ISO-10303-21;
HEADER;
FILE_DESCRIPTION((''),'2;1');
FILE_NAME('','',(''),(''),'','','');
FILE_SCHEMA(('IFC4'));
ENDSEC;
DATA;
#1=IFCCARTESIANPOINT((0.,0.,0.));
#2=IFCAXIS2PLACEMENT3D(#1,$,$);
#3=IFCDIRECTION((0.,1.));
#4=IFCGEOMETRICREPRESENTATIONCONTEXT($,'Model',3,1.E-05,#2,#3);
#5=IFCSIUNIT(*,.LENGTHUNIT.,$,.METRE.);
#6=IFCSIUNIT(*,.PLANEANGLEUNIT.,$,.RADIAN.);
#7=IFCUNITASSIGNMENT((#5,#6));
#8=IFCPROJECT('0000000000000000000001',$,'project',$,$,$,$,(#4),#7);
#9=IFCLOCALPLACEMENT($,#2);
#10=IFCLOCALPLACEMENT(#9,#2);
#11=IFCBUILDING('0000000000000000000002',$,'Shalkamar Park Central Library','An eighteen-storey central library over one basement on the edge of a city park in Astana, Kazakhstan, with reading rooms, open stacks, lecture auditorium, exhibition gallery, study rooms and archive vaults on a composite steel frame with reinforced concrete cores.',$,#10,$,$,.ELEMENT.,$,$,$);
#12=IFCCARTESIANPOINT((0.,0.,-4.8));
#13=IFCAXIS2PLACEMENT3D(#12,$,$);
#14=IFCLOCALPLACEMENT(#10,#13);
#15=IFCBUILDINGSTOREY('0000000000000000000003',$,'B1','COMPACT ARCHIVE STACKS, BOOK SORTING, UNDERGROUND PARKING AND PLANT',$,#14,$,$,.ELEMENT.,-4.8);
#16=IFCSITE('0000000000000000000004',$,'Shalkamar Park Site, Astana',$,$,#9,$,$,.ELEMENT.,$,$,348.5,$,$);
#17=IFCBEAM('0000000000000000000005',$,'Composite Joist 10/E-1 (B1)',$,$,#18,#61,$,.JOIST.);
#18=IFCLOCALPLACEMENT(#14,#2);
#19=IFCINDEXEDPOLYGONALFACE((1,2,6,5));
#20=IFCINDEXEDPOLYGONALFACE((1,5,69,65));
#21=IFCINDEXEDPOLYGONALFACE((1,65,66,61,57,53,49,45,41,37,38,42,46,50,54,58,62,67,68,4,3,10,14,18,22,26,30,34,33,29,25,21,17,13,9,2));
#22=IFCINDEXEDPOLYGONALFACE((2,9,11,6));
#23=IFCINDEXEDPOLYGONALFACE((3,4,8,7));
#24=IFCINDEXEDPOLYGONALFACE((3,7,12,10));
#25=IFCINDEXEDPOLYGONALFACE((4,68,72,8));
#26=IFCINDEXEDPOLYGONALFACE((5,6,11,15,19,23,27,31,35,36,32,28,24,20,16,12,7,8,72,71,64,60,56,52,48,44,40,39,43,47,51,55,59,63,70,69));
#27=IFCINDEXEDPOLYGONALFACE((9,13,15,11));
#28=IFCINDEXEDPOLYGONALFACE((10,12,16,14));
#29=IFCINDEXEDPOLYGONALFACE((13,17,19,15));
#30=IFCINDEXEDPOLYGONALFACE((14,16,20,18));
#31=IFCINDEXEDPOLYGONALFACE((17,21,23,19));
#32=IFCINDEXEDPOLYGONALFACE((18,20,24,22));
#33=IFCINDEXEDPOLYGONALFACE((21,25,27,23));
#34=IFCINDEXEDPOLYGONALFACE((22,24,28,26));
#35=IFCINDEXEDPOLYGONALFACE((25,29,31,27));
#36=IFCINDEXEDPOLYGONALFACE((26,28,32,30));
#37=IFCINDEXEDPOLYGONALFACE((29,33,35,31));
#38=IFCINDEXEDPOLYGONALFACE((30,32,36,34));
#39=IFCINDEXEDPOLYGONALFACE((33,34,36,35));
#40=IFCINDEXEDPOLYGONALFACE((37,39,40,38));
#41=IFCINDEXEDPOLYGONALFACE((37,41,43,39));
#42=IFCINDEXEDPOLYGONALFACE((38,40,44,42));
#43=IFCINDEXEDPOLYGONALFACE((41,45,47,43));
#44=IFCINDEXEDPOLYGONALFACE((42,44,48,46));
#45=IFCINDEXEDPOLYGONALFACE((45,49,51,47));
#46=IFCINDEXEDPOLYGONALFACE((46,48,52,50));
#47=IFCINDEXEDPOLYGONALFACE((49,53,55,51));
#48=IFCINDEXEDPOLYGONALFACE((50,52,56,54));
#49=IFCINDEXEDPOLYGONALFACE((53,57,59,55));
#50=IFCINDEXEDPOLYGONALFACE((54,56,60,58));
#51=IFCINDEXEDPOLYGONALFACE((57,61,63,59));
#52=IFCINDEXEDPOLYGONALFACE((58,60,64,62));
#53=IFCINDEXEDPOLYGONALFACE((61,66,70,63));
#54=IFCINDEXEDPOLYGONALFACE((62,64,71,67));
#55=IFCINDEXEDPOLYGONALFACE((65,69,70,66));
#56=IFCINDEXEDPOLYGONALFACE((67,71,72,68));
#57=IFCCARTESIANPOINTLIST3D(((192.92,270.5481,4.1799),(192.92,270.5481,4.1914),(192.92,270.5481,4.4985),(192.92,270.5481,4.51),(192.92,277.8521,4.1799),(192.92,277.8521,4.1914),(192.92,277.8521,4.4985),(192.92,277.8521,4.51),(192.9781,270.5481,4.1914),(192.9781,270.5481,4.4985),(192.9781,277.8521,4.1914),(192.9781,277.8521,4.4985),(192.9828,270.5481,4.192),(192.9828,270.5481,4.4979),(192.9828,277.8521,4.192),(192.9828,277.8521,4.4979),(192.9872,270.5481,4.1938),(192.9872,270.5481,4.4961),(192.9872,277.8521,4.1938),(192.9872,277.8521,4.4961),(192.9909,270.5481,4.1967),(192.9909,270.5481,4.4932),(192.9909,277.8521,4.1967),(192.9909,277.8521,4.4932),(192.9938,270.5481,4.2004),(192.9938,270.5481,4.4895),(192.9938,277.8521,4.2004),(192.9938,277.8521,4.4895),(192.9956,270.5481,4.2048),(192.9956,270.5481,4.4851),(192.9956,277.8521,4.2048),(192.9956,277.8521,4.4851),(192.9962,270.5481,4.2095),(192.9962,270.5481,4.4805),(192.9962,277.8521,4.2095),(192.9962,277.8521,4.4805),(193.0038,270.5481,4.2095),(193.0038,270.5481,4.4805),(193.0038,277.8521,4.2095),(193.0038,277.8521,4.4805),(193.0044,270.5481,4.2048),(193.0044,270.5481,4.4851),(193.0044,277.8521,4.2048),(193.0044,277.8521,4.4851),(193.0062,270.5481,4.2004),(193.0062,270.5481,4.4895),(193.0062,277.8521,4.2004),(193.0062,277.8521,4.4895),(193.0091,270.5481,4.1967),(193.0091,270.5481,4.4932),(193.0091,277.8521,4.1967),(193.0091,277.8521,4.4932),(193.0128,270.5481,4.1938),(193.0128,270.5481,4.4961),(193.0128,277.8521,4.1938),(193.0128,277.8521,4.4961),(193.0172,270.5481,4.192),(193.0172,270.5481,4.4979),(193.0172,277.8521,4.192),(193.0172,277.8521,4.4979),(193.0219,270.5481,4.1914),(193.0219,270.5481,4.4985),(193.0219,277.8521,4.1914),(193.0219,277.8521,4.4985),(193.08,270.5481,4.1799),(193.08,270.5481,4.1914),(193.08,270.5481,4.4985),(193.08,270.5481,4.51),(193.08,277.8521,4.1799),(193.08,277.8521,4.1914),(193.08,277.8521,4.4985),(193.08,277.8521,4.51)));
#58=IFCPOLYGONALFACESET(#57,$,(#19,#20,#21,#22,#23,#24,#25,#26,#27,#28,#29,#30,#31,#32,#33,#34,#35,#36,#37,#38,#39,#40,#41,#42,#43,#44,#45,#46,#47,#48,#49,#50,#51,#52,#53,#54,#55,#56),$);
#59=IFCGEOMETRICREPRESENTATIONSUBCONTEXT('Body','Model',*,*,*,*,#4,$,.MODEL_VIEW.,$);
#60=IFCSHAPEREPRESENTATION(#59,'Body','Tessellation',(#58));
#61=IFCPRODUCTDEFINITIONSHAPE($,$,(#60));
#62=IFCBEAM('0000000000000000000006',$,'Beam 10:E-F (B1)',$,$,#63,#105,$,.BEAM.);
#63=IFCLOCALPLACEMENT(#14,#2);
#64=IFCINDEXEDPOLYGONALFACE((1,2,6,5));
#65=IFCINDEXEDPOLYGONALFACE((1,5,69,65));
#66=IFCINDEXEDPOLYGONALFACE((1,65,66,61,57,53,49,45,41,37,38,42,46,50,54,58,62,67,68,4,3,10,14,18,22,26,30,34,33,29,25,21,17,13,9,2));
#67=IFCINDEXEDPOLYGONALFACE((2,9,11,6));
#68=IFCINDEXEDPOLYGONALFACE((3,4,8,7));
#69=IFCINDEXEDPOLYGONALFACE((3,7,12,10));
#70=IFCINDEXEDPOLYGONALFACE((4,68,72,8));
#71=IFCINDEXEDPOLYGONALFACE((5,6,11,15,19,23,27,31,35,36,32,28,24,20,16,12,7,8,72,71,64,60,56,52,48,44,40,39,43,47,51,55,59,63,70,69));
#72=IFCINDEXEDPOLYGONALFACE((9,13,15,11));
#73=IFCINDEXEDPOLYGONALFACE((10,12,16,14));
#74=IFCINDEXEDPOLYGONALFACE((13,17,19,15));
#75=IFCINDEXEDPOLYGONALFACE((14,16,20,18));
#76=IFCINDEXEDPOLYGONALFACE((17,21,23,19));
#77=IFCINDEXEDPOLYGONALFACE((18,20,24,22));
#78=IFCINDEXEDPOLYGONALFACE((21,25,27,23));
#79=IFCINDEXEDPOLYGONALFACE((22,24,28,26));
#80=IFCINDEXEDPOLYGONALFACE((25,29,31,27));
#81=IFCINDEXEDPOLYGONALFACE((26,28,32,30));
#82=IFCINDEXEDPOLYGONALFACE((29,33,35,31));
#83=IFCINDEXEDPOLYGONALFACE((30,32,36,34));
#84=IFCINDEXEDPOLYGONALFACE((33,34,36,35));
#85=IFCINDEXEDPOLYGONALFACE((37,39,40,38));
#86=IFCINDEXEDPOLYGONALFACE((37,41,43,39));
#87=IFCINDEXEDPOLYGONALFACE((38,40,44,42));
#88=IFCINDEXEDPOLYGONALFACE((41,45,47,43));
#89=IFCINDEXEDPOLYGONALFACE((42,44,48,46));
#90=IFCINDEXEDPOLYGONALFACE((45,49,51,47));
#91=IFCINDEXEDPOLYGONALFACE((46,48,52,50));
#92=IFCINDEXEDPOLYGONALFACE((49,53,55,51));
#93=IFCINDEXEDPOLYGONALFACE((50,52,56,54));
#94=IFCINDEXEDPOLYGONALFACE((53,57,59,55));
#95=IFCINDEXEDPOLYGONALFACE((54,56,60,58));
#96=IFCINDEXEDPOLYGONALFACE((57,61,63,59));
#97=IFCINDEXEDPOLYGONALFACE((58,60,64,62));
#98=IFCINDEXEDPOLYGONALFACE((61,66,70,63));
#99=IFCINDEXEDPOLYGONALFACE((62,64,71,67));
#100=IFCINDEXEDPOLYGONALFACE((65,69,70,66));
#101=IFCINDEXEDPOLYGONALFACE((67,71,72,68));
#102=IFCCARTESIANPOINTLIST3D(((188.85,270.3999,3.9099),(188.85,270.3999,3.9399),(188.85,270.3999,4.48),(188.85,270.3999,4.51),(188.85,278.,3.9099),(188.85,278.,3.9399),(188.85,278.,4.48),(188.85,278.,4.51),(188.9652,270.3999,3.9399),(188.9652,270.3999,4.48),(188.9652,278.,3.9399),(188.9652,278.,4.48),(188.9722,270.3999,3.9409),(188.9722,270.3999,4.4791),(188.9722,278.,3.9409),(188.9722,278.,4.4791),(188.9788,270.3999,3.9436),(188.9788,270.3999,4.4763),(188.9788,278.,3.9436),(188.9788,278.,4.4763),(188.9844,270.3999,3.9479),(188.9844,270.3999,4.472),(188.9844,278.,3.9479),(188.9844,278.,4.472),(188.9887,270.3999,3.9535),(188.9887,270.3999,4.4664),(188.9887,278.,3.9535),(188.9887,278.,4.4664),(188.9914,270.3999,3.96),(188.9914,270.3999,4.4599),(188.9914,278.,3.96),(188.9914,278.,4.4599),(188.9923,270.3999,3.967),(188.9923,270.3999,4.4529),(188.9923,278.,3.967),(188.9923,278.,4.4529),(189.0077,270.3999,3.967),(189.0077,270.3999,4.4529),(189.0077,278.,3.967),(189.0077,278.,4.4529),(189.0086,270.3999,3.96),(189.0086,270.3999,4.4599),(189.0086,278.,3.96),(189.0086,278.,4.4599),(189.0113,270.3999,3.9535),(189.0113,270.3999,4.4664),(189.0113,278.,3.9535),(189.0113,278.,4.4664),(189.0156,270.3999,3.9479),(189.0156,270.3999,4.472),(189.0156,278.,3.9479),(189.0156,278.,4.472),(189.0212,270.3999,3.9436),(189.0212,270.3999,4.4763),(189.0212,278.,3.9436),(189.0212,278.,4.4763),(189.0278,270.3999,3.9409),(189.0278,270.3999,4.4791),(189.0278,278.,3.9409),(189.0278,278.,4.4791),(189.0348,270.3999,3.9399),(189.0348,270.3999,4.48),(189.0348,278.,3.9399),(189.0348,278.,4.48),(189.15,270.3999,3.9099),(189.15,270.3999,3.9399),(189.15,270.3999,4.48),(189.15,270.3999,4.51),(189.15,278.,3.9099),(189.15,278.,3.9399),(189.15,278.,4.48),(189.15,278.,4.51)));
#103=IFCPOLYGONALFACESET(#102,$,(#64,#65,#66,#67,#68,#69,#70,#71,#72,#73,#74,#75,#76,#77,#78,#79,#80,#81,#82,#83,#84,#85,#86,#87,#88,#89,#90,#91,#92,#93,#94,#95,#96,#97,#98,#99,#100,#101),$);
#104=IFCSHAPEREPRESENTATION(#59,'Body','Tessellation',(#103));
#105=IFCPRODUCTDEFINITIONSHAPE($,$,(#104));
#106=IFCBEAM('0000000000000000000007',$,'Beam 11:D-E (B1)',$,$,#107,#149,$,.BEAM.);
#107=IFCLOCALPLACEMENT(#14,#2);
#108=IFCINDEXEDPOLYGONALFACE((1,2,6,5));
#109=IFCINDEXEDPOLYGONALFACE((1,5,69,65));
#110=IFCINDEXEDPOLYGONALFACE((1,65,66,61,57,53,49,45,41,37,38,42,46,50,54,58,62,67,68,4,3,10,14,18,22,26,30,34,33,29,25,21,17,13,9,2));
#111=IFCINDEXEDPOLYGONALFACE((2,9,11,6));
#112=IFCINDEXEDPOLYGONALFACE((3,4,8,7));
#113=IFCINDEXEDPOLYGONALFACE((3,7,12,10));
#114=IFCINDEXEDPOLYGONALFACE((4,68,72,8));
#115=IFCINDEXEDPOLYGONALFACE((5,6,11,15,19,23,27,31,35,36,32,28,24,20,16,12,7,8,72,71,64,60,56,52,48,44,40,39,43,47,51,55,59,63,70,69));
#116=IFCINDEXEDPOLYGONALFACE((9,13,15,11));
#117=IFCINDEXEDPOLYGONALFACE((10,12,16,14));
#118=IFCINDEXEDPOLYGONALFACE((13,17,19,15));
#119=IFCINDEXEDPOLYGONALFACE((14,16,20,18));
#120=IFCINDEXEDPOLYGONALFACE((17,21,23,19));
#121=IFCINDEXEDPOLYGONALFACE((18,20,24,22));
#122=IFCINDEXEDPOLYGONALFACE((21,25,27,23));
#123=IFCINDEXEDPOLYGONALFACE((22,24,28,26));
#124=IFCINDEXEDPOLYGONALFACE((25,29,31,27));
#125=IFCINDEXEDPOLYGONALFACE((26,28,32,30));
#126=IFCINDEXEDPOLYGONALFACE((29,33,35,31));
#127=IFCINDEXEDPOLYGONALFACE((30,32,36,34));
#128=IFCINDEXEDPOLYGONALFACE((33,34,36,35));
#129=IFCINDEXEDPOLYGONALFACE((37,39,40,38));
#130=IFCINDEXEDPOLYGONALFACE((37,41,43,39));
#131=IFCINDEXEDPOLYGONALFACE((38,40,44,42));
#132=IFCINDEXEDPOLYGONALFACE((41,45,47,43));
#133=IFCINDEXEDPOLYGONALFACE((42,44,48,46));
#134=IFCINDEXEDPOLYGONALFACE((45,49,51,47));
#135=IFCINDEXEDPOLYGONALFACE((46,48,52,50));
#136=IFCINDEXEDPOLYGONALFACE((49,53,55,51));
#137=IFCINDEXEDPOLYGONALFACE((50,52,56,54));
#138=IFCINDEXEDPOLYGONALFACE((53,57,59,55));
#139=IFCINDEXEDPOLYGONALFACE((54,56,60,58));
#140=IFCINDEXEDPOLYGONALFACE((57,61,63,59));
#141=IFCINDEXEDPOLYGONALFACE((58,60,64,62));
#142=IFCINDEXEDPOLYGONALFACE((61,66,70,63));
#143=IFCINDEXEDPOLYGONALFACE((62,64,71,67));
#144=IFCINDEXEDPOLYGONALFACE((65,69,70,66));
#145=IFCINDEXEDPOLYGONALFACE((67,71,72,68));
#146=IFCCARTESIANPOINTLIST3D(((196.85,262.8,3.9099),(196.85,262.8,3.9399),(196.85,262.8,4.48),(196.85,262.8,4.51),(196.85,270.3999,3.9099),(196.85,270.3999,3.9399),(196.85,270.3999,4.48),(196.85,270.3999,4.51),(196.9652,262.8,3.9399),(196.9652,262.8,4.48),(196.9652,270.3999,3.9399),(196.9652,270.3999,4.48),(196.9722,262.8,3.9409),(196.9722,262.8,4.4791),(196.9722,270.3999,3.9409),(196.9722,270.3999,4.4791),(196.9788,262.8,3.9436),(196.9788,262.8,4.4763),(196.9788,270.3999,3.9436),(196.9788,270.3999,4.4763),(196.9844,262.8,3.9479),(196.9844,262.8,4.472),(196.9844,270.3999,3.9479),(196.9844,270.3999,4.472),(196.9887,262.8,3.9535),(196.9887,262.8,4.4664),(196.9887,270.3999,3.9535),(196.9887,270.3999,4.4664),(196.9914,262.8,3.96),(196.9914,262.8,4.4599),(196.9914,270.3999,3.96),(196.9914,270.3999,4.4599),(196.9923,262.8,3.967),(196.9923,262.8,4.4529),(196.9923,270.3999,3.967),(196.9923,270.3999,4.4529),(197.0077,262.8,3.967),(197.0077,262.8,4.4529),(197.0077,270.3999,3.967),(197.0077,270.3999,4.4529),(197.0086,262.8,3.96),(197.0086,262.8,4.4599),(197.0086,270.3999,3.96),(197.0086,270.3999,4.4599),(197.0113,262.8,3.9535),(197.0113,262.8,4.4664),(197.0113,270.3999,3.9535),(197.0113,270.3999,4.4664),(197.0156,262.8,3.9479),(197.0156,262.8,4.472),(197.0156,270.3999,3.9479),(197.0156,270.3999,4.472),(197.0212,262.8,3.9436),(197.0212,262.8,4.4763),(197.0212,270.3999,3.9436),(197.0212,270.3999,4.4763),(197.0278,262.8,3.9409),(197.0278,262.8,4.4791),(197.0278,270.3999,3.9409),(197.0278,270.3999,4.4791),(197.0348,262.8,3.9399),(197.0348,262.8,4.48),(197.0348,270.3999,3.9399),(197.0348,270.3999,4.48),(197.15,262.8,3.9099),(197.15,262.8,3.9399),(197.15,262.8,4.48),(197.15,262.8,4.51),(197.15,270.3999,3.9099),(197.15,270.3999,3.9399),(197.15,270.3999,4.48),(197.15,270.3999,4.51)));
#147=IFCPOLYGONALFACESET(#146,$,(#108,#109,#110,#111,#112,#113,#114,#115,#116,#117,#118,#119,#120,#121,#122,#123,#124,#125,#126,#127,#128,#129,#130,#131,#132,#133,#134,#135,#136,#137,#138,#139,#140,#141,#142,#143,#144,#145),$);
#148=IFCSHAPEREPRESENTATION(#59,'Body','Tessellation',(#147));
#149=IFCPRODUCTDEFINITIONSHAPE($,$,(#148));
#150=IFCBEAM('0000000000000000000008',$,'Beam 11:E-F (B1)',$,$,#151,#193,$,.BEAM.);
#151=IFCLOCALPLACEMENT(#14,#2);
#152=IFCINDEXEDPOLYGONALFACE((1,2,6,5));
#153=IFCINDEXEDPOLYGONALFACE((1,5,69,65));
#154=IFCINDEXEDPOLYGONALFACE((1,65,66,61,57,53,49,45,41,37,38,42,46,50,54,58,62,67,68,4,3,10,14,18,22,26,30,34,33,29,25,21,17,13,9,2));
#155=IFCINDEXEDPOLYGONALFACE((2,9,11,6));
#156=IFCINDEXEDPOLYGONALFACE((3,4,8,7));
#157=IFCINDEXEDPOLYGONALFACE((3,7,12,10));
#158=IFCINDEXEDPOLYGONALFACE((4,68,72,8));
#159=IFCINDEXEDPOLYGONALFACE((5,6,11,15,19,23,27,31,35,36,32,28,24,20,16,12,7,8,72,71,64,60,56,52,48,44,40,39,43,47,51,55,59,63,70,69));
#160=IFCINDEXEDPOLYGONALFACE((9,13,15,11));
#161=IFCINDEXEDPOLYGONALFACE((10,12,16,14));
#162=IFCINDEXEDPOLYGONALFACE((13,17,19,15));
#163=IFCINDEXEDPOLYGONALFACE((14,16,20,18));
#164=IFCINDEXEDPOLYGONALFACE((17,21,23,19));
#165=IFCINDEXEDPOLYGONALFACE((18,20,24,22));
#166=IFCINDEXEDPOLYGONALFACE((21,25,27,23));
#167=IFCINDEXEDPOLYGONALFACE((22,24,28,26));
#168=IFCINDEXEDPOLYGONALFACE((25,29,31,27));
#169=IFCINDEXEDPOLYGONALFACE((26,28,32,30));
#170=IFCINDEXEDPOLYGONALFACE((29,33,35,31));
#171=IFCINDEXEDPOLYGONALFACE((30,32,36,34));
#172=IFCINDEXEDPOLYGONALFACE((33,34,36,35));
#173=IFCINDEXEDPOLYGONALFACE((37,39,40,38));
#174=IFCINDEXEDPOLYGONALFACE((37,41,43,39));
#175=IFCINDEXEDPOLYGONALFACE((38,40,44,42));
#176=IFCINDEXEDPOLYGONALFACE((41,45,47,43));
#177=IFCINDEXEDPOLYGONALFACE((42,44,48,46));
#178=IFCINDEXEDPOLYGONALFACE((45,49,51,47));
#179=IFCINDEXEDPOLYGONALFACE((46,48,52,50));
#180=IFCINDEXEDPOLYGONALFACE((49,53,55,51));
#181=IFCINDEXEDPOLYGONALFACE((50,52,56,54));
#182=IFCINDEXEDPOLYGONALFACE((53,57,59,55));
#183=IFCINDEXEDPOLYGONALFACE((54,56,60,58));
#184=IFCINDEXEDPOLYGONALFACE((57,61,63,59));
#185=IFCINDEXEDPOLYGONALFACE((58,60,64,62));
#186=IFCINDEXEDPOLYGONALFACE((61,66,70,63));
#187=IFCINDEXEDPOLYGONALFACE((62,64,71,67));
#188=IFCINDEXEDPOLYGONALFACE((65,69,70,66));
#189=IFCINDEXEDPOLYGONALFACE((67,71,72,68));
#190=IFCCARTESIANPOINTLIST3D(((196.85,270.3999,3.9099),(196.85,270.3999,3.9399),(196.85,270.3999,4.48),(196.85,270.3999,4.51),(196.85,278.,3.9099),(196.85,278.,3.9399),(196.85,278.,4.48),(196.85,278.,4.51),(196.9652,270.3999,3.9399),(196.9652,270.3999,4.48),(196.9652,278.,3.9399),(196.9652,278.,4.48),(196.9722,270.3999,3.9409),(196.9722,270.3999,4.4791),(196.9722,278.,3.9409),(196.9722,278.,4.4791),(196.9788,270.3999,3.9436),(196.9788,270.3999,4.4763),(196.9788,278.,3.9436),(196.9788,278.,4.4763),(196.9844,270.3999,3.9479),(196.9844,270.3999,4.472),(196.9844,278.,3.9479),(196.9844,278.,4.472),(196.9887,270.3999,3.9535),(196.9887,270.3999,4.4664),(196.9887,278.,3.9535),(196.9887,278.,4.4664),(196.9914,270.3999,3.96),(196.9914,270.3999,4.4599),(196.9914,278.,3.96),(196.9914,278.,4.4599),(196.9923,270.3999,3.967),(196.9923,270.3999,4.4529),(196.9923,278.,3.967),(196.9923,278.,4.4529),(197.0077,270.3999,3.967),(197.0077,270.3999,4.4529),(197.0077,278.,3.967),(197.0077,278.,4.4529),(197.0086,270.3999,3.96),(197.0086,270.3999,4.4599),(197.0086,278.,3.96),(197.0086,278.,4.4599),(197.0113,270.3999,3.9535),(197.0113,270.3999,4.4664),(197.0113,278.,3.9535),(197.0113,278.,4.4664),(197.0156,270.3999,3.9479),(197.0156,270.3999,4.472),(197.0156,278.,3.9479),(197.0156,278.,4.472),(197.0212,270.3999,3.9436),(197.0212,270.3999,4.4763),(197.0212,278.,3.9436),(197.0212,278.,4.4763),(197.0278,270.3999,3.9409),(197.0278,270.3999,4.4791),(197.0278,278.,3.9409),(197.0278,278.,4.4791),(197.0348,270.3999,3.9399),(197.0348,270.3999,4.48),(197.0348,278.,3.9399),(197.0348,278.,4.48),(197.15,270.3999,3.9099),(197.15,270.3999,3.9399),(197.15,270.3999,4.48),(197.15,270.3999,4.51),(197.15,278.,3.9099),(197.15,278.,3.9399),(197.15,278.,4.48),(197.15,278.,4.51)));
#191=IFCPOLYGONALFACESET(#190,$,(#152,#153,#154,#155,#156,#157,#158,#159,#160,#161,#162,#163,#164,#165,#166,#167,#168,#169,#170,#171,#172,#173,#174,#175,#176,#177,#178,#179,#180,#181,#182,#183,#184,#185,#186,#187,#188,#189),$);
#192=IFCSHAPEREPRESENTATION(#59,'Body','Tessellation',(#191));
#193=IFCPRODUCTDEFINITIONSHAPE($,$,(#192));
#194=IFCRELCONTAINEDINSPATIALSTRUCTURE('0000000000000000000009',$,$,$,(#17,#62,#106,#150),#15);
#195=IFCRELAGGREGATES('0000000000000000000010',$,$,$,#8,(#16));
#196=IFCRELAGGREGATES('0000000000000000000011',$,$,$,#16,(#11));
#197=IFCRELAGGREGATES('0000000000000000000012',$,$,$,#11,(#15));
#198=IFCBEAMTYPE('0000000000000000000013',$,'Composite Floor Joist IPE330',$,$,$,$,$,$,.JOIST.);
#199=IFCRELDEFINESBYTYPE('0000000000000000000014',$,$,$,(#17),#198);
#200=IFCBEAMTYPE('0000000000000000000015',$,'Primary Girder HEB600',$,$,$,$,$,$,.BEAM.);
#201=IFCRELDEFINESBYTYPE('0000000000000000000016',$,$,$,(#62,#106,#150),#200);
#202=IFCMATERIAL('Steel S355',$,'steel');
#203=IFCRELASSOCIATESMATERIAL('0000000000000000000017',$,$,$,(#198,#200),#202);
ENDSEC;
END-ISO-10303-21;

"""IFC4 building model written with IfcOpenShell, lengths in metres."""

from ifc_helpers import new_model, si_unit, direction, frame, origin, origin_2d, place, context, subcontext, project, spatial, i_section, extrude, material, material_profile, profile_set, type_object, element, save


model = new_model("IFC4")

# Units and contexts
model_context = context("Model", 3, precision=1e-05, world=origin(), true_north=direction((0.0, 1.0)))
body_context = subcontext(model_context, "Body", "Model", "MODEL_VIEW")
ifc_project = project(units=[si_unit("LENGTHUNIT", "METRE"), si_unit("PLANEANGLEUNIT", "RADIAN")], contexts=[model_context])

# Site, building, storey
site_placement = place(None, origin())
site = spatial("IfcSite", under=ifc_project, at=site_placement, Name="Shalkamar Park Site, Astana", CompositionType="ELEMENT", RefElevation=348.5)
building_placement = place(site_placement, origin())
building = spatial("IfcBuilding", under=site, at=building_placement, Name="Shalkamar Park Central Library", Description="An eighteen-storey central library over one basement on the edge of a city park in Astana, Kazakhstan, with reading rooms, open stacks, lecture auditorium, exhibition gallery, study rooms and archive vaults on a composite steel frame with reinforced concrete cores.", CompositionType="ELEMENT")
storey_placement = place(building_placement, frame((0.0, 0.0, -4.8)))
storey = spatial("IfcBuildingStorey", under=building, at=storey_placement, Name="B1", Description="COMPACT ARCHIVE STACKS, BOOK SORTING, UNDERGROUND PARKING AND PLANT", CompositionType="ELEMENT", Elevation=-4.8)

# Shared definitions
ifc_material_1 = material(Name="Steel S355", Category="steel")

# Beams
ifc_material_profile_1 = material_profile(ifc_material_1, i_section(OverallWidth=0.1599, OverallDepth=0.3301, WebThickness=0.0076, FlangeThickness=0.0115, FilletRadius=0.0181, at=origin_2d()), Name="IPE 330")
ifc_profile_set_1 = profile_set([ifc_material_profile_1], Name="Steel S355")
beam_type_1 = type_object("IfcBeamType", Name="Composite Floor Joist IPE330", PredefinedType="JOIST", material=ifc_profile_set_1)
beam_1_placement = place(storey_placement, frame((193.0, 270.5481, 4.345), z_axis=(0.0, 1.0, 0.0), x_axis=(-1.0, 0.0, 0.0)))
element("IfcBeam", 1, at=beam_1_placement, inside=storey, type_object=beam_type_1, Name="Composite Joist 10/E-1 (B1)", PredefinedType="JOIST", context=body_context, shape_type="SweptSolid", body=[
    extrude(i_section(OverallWidth=0.1599, OverallDepth=0.3301, WebThickness=0.0076, FlangeThickness=0.0115, FilletRadius=0.0181, at=origin_2d()), origin(), (0.0, 0.0, 1.0), 7.304),
])
ifc_material_profile_2 = material_profile(ifc_material_1, i_section(OverallWidth=0.3, OverallDepth=0.6001, WebThickness=0.0154, FlangeThickness=0.03, FilletRadius=0.0271, at=origin_2d()), Name="HEB 600")
ifc_profile_set_2 = profile_set([ifc_material_profile_2], Name="Steel S355")
beam_type_2 = type_object("IfcBeamType", Name="Primary Girder HEB600", PredefinedType="BEAM", material=ifc_profile_set_2)
beam_2_placement = place(storey_placement, frame((189.0, 270.3999, 4.21), z_axis=(0.0, 1.0, 0.0), x_axis=(-1.0, 0.0, 0.0)))
element("IfcBeam", 2, at=beam_2_placement, inside=storey, type_object=beam_type_2, Name="Beam 10:E-F (B1)", PredefinedType="BEAM", context=body_context, shape_type="SweptSolid", body=[
    extrude(i_section(OverallWidth=0.3, OverallDepth=0.6001, WebThickness=0.0154, FlangeThickness=0.03, FilletRadius=0.0271, at=origin_2d()), origin(), (0.0, 0.0, 1.0), 7.6001),
])
beam_3_placement = place(storey_placement, frame((197.0, 262.8, 4.21), z_axis=(0.0, 1.0, 0.0), x_axis=(-1.0, 0.0, 0.0)))
element("IfcBeam", 3, at=beam_3_placement, inside=storey, type_object=beam_type_2, Name="Beam 11:D-E (B1)", PredefinedType="BEAM", context=body_context, shape_type="SweptSolid", body=[
    extrude(i_section(OverallWidth=0.3, OverallDepth=0.6001, WebThickness=0.0154, FlangeThickness=0.03, FilletRadius=0.0271, at=origin_2d()), origin(), (0.0, 0.0, 1.0), 7.5999),
])
beam_4_placement = place(storey_placement, frame((197.0, 270.3999, 4.21), z_axis=(0.0, 1.0, 0.0), x_axis=(-1.0, 0.0, 0.0)))
element("IfcBeam", 4, at=beam_4_placement, inside=storey, type_object=beam_type_2, Name="Beam 11:E-F (B1)", PredefinedType="BEAM", context=body_context, shape_type="SweptSolid", body=[
    extrude(i_section(OverallWidth=0.3, OverallDepth=0.6001, WebThickness=0.0154, FlangeThickness=0.03, FilletRadius=0.0271, at=origin_2d()), origin(), (0.0, 0.0, 1.0), 7.6001),
])

save(model, "model.ifc")
